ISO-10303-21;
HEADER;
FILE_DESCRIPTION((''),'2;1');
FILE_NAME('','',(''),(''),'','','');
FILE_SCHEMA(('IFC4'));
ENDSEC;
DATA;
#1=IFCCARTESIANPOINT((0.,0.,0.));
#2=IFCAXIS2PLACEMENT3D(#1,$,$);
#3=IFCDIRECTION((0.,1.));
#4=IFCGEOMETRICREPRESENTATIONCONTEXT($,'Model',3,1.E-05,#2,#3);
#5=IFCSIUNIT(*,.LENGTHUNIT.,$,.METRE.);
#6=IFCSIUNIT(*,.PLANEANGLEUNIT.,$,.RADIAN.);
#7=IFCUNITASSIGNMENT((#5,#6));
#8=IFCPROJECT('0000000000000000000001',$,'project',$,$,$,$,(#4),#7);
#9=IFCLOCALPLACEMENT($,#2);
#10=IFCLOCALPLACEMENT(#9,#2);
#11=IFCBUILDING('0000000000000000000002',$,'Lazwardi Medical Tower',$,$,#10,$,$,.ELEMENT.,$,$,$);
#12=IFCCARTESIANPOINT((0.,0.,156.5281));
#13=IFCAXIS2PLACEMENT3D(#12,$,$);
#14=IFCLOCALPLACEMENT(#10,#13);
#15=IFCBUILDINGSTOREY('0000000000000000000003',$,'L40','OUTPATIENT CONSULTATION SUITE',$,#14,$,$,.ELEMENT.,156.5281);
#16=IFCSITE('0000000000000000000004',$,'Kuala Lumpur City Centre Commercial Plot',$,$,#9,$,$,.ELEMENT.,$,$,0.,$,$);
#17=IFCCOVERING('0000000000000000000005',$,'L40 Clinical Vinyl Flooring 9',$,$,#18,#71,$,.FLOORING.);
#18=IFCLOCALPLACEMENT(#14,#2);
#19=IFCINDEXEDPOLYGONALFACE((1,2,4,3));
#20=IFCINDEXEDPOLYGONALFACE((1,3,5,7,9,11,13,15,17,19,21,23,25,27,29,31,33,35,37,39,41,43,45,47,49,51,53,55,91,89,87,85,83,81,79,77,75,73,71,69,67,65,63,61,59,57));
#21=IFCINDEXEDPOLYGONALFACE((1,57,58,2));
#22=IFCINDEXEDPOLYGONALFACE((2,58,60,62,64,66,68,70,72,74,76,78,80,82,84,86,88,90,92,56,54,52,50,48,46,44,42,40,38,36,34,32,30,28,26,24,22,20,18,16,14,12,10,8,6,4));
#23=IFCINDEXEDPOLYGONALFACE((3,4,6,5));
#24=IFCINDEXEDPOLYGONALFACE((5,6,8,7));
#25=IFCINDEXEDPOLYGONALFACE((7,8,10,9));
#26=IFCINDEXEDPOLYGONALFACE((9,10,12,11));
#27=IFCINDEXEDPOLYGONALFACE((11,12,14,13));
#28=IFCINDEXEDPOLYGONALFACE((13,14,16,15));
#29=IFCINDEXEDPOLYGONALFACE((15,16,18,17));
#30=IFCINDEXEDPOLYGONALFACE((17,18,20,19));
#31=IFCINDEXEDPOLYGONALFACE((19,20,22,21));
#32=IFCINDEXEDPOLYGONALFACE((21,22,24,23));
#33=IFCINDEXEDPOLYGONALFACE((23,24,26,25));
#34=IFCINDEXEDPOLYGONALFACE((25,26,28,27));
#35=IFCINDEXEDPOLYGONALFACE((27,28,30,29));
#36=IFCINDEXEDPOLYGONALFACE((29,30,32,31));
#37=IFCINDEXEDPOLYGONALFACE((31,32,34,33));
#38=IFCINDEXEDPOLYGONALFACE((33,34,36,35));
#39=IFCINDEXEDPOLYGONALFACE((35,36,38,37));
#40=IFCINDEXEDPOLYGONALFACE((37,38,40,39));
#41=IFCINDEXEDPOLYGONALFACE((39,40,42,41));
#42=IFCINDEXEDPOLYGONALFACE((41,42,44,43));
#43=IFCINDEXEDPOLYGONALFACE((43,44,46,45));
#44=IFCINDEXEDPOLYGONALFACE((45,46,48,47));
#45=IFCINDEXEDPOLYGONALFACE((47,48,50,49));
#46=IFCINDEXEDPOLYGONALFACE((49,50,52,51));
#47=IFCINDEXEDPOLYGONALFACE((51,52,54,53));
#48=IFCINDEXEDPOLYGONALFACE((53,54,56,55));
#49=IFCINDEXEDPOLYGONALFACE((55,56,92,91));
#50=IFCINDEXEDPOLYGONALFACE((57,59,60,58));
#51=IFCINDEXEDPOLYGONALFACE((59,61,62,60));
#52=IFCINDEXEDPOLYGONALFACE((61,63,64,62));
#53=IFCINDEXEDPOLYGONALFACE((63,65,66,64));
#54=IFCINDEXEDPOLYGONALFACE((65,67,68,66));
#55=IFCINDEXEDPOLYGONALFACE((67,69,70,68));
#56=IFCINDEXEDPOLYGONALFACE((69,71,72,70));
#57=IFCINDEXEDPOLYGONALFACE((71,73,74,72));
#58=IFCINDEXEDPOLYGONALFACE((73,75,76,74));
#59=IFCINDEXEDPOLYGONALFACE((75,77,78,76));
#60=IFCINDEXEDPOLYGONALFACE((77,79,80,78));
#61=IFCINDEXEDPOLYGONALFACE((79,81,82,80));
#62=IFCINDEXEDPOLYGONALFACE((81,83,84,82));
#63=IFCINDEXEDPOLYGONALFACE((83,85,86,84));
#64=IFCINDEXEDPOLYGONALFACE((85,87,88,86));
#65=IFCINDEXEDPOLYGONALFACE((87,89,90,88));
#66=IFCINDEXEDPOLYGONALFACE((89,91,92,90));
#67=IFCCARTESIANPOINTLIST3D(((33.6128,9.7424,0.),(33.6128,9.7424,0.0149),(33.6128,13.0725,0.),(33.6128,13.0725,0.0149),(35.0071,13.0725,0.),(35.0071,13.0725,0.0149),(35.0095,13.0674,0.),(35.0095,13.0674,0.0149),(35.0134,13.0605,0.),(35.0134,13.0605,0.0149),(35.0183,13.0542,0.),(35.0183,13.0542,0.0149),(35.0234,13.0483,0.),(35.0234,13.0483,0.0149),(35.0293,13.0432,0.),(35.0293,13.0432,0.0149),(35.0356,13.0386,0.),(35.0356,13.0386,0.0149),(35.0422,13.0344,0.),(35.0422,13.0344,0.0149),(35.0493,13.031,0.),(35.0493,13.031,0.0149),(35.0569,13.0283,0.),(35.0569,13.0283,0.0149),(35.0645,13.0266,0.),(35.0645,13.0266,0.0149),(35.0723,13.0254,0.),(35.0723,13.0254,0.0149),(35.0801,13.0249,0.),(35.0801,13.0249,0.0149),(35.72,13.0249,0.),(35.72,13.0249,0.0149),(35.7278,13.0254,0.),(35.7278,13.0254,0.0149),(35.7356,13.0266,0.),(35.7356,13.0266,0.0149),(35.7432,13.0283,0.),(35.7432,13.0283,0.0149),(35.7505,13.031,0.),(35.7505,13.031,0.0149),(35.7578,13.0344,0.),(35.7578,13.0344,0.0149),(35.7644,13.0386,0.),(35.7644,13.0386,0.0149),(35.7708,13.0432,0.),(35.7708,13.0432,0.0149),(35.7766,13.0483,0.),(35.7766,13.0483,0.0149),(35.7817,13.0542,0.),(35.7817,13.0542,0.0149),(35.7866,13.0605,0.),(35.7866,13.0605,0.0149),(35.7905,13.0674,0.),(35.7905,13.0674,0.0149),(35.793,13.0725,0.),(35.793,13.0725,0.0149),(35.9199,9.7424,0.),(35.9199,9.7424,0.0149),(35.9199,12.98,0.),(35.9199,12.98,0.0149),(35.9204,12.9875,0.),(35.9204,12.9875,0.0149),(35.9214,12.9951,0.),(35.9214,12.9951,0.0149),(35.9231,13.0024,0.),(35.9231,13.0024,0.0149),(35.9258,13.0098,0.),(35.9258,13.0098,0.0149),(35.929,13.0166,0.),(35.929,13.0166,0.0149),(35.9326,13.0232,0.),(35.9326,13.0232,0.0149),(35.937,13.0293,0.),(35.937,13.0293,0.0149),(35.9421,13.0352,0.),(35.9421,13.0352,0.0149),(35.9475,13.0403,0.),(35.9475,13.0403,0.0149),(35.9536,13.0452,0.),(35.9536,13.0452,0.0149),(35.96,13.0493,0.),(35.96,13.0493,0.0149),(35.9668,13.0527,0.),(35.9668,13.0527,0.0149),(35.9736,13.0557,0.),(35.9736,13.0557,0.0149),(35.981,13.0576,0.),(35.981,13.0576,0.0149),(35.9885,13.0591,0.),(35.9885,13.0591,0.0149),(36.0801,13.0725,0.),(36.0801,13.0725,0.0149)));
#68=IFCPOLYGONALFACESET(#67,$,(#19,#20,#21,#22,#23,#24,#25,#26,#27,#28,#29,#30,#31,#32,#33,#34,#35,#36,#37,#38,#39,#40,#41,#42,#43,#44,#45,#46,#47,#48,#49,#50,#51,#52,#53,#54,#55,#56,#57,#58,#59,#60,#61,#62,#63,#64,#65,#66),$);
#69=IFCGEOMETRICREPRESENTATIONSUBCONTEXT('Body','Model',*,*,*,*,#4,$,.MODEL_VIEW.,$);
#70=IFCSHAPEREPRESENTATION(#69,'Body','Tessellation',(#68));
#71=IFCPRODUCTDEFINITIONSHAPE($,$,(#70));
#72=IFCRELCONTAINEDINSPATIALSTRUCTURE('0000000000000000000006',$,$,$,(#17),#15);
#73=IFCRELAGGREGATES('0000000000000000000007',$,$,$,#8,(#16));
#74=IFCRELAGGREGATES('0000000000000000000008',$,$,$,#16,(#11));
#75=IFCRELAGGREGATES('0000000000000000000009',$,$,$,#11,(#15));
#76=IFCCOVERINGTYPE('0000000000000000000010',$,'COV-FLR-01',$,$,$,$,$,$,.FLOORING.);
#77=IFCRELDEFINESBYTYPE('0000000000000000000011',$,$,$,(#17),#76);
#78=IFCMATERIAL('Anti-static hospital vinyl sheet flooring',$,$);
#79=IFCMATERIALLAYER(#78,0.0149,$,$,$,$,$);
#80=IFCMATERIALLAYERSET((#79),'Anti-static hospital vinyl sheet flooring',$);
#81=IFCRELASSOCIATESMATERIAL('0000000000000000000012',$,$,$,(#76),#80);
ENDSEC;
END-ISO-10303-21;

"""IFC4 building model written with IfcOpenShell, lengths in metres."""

from ifc_helpers import new_model, si_unit, direction, frame, origin, place, context, subcontext, project, spatial, polyline, outline, extrude, material, layer, layer_set, type_object, element, save


model = new_model("IFC4")

# Units and contexts
model_context = context("Model", 3, precision=1e-05, world=origin(), true_north=direction((0.0, 1.0)))
body_context = subcontext(model_context, "Body", "Model", "MODEL_VIEW")
ifc_project = project(units=[si_unit("LENGTHUNIT", "METRE"), si_unit("PLANEANGLEUNIT", "RADIAN")], contexts=[model_context])

# Site, building, storey
site_placement = place(None, origin())
site = spatial("IfcSite", under=ifc_project, at=site_placement, Name="Kuala Lumpur City Centre Commercial Plot", CompositionType="ELEMENT", RefElevation=0.0)
building_placement = place(site_placement, origin())
building = spatial("IfcBuilding", under=site, at=building_placement, Name="Lazwardi Medical Tower", CompositionType="ELEMENT")
storey_placement = place(building_placement, frame((0.0, 0.0, 156.5281)))
storey = spatial("IfcBuildingStorey", under=building, at=storey_placement, Name="L40", Description="OUTPATIENT CONSULTATION SUITE", CompositionType="ELEMENT", Elevation=156.5281)

# Covering
ifc_material_1 = material(Name="Anti-static hospital vinyl sheet flooring")
ifc_layer_1 = layer(ifc_material_1, 0.0149)
ifc_layer_set_1 = layer_set([ifc_layer_1], Name="Anti-static hospital vinyl sheet flooring")
covering_type_1 = type_object("IfcCoveringType", Name="COV-FLR-01", PredefinedType="FLOORING", material=ifc_layer_set_1)
covering_1_placement = place(storey_placement, origin())
element("IfcCovering", 1, at=covering_1_placement, inside=storey, type_object=covering_type_1, Name="L40 Clinical Vinyl Flooring 9", PredefinedType="FLOORING", context=body_context, shape_type="SweptSolid", body=[
    extrude(outline(polyline([(35.793, 13.0725), (35.7905, 13.0674), (35.7866, 13.0605), (35.7817, 13.0542), (35.7766, 13.0483), (35.7708, 13.0432), (35.7644, 13.0386), (35.7578, 13.0344), (35.7505, 13.031), (35.7432, 13.0283), (35.7356, 13.0266), (35.7278, 13.0254), (35.72, 13.0249), (35.0801, 13.0249), (35.0723, 13.0254), (35.0645, 13.0266), (35.0569, 13.0283), (35.0493, 13.031), (35.0422, 13.0344), (35.0356, 13.0386), (35.0293, 13.0432), (35.0234, 13.0483), (35.0183, 13.0542), (35.0134, 13.0605), (35.0095, 13.0674), (35.0071, 13.0725), (33.6128, 13.0725), (33.6128, 9.7424), (35.9199, 9.7424), (35.9199, 12.98), (35.9204, 12.9875), (35.9214, 12.9951), (35.9231, 13.0024), (35.9258, 13.0098), (35.929, 13.0166), (35.9326, 13.0232), (35.937, 13.0293), (35.9421, 13.0352), (35.9475, 13.0403), (35.9536, 13.0452), (35.96, 13.0493), (35.9668, 13.0527), (35.9736, 13.0557), (35.981, 13.0576), (35.9885, 13.0591), (36.0801, 13.0725), (35.793, 13.0725)])), origin(), (0.0, 0.0, 1.0), 0.0149),
])

save(model, "model.ifc")
